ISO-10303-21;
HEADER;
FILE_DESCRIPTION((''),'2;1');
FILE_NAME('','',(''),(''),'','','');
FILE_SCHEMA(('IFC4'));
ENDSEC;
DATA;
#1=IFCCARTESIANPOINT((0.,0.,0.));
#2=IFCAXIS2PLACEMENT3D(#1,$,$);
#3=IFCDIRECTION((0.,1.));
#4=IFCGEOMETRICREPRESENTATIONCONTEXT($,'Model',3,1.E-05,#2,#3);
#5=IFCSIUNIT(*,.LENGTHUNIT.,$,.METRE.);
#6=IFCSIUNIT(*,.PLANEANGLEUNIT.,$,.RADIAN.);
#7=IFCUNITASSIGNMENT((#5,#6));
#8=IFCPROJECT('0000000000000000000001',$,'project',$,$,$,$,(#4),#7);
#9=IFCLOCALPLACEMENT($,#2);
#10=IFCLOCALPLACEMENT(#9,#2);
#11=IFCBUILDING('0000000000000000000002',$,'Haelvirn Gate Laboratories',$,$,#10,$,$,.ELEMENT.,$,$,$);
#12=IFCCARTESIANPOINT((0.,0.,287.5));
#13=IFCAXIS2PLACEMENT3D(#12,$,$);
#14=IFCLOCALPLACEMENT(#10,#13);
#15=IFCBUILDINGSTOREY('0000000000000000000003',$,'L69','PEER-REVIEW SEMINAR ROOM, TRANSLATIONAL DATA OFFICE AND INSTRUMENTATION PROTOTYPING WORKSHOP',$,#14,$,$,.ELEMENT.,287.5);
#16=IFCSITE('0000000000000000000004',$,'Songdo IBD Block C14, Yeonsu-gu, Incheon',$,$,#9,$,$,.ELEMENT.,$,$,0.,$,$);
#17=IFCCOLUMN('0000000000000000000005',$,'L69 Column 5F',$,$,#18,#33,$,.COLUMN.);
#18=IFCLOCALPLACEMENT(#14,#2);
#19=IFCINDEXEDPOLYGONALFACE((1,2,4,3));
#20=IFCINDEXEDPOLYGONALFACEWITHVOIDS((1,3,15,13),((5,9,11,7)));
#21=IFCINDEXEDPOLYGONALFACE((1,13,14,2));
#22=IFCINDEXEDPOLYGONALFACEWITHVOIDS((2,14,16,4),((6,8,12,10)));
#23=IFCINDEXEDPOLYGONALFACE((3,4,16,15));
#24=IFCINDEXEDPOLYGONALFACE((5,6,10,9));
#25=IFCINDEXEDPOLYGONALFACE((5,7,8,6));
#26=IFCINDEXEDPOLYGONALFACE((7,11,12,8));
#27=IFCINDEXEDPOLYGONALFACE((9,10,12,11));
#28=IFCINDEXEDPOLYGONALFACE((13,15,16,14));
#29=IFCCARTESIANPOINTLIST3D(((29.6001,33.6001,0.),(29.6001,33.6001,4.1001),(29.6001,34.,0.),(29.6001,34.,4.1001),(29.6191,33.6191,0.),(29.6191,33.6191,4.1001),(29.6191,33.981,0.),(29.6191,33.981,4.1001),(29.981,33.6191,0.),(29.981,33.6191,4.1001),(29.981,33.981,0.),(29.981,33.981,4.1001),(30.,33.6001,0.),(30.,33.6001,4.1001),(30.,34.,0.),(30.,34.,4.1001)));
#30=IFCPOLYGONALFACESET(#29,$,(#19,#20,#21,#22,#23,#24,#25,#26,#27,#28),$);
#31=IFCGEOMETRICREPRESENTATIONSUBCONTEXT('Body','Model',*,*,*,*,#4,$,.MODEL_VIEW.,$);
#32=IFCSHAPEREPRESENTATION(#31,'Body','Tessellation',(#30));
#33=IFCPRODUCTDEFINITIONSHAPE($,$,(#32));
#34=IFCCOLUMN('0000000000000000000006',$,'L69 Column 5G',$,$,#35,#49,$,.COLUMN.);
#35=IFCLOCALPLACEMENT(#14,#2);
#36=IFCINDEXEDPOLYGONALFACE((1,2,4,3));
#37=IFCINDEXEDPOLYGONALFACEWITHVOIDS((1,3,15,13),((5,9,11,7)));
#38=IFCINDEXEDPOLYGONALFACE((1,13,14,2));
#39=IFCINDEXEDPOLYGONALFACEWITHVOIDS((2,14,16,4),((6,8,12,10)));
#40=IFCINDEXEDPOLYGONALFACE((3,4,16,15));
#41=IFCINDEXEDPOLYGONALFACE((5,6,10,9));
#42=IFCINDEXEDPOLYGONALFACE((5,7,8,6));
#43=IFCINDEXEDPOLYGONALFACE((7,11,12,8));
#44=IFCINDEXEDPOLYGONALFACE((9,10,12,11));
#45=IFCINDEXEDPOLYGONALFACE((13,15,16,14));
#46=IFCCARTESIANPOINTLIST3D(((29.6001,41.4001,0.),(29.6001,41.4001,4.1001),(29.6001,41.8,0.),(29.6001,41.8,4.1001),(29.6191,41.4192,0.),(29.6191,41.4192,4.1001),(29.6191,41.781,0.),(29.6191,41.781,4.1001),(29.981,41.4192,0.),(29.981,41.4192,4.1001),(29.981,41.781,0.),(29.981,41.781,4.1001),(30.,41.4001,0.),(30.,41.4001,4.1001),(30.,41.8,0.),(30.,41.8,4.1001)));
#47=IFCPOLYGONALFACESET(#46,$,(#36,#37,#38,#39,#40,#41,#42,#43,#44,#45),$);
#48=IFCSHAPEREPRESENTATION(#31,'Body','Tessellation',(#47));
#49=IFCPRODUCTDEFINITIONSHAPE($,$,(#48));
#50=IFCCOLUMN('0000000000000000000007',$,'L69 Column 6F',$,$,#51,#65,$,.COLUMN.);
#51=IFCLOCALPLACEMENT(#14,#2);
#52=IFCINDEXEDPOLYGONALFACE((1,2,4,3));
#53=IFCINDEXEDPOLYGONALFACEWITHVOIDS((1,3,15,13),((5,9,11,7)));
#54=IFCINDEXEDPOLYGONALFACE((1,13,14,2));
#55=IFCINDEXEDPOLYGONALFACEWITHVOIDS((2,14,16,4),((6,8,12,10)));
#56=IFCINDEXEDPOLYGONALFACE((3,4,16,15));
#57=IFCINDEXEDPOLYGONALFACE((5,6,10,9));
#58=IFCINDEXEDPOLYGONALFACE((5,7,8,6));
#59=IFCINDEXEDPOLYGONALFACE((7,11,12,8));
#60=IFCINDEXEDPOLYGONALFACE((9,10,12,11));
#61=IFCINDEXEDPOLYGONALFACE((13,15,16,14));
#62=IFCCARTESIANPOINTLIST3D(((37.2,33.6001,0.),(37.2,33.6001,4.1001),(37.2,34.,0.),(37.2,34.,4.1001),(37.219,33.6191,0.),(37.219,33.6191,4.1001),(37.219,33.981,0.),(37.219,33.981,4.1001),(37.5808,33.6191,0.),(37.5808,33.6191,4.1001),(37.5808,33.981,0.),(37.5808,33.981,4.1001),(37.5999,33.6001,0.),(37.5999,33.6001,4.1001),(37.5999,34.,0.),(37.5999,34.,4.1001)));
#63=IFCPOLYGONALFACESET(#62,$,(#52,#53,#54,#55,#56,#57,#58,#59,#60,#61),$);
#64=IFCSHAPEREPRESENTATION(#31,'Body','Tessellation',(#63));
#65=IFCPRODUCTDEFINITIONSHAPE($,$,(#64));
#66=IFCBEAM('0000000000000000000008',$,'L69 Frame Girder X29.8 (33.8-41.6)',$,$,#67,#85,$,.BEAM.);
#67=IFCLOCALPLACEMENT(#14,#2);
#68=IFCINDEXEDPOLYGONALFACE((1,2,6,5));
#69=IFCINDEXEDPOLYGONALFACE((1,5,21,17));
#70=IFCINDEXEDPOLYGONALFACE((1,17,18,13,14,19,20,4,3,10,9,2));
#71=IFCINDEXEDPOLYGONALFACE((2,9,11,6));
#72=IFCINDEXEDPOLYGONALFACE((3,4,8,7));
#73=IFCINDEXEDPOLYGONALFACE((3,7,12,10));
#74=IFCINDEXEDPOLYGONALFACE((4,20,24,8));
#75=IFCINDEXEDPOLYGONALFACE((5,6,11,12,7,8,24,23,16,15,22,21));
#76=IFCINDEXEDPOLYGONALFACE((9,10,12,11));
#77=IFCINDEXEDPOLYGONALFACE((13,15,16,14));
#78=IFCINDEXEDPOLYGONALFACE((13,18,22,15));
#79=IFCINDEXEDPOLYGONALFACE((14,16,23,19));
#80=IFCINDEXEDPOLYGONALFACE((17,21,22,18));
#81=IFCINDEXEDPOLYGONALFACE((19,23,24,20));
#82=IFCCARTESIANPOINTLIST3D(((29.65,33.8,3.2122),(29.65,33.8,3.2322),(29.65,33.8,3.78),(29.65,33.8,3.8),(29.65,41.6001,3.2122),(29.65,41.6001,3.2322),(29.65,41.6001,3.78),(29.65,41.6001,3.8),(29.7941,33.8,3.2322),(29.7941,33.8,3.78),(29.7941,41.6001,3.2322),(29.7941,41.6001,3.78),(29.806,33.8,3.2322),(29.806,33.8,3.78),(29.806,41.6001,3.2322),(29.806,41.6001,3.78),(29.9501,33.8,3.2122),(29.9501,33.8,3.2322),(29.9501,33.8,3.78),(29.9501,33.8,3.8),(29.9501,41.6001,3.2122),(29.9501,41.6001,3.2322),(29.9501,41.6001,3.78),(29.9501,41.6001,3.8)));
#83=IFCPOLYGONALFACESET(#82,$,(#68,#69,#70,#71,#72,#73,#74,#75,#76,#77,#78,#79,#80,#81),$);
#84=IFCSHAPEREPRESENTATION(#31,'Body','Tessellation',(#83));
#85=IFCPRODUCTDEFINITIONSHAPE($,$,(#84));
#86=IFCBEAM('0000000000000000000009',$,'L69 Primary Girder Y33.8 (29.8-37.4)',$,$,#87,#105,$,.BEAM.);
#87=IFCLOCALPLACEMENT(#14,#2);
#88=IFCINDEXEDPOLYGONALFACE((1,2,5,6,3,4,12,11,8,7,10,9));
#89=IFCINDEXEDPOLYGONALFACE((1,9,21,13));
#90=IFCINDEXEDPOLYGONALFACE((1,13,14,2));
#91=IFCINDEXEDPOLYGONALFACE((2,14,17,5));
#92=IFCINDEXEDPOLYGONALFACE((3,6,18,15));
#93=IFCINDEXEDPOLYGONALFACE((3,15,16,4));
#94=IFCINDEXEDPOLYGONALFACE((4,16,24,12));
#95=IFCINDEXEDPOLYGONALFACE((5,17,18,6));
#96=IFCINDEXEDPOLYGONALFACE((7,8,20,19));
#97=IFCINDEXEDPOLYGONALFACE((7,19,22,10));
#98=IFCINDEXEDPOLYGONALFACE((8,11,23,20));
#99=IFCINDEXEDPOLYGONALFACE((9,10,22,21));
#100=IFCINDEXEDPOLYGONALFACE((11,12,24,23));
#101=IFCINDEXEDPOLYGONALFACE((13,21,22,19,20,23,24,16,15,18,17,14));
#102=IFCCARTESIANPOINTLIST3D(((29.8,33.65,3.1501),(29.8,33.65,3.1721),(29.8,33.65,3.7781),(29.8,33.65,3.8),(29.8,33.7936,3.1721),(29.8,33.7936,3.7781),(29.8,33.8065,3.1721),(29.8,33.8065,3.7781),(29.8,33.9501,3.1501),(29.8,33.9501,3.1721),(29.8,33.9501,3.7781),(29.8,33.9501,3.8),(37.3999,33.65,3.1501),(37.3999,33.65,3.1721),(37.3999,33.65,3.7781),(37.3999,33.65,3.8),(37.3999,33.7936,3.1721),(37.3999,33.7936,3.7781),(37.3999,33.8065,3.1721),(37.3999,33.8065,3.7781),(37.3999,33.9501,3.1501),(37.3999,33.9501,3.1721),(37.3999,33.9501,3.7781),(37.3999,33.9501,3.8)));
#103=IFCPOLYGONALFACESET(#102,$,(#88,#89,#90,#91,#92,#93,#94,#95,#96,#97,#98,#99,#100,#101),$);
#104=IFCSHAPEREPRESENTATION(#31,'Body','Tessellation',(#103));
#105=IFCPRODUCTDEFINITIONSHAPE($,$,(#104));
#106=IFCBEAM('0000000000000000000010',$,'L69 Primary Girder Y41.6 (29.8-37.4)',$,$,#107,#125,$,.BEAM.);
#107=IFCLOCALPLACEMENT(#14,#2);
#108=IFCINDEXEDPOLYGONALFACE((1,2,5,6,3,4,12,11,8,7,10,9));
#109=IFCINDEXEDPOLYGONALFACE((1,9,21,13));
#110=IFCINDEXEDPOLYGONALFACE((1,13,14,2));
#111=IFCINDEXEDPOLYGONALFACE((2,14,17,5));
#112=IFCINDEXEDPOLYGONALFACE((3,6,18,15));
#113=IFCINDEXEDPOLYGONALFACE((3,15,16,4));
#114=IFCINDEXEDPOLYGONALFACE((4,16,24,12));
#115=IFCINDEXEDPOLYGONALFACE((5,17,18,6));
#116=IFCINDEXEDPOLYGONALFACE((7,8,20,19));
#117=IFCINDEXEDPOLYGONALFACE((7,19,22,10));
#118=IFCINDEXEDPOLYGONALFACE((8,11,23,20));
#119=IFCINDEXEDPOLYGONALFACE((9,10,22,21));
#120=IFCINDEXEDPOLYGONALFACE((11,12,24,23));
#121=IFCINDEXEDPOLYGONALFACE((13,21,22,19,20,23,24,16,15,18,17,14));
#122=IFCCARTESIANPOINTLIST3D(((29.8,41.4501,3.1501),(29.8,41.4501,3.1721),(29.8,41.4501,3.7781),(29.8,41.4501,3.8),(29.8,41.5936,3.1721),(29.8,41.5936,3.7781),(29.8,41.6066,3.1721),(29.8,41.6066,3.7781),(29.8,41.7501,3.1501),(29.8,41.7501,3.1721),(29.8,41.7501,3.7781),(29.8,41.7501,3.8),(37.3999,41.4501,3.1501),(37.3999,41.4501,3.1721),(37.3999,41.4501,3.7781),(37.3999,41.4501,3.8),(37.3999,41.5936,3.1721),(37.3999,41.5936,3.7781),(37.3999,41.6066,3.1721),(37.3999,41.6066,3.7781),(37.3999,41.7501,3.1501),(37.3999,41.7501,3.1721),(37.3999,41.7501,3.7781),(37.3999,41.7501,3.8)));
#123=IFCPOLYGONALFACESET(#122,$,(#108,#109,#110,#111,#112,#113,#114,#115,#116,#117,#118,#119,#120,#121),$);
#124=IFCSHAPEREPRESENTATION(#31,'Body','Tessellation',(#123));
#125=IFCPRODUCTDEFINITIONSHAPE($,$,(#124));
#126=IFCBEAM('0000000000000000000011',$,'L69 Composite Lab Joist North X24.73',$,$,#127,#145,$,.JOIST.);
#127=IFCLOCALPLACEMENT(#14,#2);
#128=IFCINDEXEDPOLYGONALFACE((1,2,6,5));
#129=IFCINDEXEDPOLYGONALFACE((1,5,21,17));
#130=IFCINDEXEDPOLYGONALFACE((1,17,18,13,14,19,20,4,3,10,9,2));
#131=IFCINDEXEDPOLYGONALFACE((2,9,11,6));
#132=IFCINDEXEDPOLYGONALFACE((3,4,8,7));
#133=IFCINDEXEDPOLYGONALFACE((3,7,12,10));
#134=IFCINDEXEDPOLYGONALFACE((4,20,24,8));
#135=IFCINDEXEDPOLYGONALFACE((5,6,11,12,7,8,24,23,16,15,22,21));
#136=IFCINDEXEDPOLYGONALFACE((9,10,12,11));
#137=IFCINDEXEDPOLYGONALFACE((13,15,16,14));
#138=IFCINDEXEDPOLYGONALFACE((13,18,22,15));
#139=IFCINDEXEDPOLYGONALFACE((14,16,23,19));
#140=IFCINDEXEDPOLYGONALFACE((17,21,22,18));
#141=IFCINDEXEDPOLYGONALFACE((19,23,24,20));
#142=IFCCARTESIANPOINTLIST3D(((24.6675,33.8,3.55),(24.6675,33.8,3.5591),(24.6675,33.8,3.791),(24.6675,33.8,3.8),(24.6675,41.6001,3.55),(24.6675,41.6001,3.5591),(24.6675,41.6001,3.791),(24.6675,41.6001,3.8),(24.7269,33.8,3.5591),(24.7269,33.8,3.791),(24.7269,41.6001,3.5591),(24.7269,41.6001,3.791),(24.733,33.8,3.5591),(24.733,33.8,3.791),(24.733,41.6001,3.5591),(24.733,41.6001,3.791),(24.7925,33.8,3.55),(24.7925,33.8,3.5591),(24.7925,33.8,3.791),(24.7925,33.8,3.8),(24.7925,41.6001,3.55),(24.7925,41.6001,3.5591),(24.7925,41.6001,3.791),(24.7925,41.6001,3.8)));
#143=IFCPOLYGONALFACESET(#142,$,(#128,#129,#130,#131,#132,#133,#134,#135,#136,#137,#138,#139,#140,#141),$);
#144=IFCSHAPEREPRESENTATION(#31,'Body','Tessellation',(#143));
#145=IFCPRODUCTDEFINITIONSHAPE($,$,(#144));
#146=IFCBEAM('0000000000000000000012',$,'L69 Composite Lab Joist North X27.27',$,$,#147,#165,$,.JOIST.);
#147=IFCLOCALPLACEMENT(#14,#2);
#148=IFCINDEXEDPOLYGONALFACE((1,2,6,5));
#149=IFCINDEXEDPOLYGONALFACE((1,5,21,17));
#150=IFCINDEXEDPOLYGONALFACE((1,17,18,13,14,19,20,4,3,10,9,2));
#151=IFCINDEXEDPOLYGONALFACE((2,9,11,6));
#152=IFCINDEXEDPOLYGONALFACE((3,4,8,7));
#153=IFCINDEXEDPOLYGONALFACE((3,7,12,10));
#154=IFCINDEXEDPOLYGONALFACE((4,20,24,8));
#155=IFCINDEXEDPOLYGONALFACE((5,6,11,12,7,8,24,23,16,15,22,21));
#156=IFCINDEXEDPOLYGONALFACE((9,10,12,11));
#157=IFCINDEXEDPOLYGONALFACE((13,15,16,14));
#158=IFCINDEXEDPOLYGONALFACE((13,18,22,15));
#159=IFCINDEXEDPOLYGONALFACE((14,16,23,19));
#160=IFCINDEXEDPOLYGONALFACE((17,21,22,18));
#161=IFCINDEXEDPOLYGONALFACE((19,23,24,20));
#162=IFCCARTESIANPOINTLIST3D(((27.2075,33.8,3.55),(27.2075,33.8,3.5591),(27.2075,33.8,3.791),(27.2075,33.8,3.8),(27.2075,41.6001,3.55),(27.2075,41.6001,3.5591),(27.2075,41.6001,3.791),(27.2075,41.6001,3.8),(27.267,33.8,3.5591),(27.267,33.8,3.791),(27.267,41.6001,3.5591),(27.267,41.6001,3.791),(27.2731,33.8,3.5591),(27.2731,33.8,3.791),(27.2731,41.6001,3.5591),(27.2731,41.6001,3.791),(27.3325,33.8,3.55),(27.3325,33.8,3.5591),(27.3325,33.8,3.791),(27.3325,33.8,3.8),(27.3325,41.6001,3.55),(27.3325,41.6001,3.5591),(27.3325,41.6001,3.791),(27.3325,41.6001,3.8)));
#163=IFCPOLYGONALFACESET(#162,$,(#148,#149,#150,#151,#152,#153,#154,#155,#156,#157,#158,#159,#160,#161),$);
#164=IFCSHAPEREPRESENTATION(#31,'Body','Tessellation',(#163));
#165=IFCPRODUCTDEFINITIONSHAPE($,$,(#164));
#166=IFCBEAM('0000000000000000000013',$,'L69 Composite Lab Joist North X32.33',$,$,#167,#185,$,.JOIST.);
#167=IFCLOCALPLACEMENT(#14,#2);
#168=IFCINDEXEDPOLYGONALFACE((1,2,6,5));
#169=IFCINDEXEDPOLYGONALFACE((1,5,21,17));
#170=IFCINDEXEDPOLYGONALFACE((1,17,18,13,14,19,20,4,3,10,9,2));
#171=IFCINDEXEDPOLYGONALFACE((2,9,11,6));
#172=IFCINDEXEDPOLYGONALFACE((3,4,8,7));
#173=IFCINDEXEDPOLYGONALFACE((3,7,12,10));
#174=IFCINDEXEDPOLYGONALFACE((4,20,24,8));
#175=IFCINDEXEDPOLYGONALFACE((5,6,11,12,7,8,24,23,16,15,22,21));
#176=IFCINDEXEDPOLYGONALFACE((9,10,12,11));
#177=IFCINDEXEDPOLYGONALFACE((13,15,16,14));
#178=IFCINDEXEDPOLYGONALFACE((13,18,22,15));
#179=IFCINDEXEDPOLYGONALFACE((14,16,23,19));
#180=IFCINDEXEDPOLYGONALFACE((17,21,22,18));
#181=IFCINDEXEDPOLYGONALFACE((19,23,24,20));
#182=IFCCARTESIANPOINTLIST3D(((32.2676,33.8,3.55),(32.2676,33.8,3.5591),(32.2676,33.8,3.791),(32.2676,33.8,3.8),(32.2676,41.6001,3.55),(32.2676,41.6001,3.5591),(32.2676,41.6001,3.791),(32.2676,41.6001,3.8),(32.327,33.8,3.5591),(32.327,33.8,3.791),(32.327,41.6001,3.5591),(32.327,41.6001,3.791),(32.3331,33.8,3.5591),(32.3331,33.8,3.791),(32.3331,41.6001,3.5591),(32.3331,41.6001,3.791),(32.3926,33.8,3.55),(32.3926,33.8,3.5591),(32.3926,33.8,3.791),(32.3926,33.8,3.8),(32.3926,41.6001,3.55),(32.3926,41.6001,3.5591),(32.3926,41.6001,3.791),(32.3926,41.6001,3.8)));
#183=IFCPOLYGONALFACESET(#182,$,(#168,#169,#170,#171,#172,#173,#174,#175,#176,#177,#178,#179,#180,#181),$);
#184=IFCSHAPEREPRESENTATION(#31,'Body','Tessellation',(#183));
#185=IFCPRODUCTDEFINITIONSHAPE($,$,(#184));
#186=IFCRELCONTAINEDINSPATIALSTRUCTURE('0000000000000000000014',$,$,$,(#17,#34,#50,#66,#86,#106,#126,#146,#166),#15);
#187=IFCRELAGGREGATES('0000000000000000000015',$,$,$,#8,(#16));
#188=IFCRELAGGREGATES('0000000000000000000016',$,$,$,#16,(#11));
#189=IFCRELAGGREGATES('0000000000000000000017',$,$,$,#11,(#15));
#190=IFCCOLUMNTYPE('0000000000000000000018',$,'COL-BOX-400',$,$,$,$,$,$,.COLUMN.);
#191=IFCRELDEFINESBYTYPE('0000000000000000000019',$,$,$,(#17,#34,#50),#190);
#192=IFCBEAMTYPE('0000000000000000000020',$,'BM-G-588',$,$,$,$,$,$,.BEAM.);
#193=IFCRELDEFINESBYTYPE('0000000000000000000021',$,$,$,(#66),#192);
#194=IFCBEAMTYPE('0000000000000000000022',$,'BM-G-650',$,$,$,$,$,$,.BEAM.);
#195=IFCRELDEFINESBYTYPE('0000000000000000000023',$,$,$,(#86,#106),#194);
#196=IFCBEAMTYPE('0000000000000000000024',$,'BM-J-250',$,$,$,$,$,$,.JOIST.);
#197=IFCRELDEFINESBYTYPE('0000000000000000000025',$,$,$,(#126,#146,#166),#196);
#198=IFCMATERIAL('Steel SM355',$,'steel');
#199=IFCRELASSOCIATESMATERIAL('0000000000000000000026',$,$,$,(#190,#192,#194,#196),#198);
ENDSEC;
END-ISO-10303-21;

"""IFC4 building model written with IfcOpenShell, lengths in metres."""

from ifc_helpers import new_model, si_unit, direction, frame, origin, origin_2d, place, context, subcontext, project, spatial, hollow_rectangle, i_section, extrude, source, transform, mapped, material, material_profile, profile_set, type_object, type_shapes, element, save


model = new_model("IFC4")

# Units and contexts
model_context = context("Model", 3, precision=1e-05, world=origin(), true_north=direction((0.0, 1.0)))
body_context = subcontext(model_context, "Body", "Model", "MODEL_VIEW")
ifc_project = project(units=[si_unit("LENGTHUNIT", "METRE"), si_unit("PLANEANGLEUNIT", "RADIAN")], contexts=[model_context])

# Site, building, storey
site_placement = place(None, origin())
site = spatial("IfcSite", under=ifc_project, at=site_placement, Name="Songdo IBD Block C14, Yeonsu-gu, Incheon", CompositionType="ELEMENT", RefElevation=0.0)
building_placement = place(site_placement, origin())
building = spatial("IfcBuilding", under=site, at=building_placement, Name="Haelvirn Gate Laboratories", CompositionType="ELEMENT")
storey_placement = place(building_placement, frame((0.0, 0.0, 287.5)))
storey = spatial("IfcBuildingStorey", under=building, at=storey_placement, Name="L69", Description="PEER-REVIEW SEMINAR ROOM, TRANSLATIONAL DATA OFFICE AND INSTRUMENTATION PROTOTYPING WORKSHOP", CompositionType="ELEMENT", Elevation=287.5)

# Columns
ifc_material_1 = material(Name="Steel SM355", Category="steel")
ifc_material_profile_1 = material_profile(ifc_material_1, hollow_rectangle(XDim=0.3999, YDim=0.3999, WallThickness=0.019, at=origin_2d()), Name="BOX-400x400x19")
ifc_profile_set_1 = profile_set([ifc_material_profile_1], Name="Steel SM355")
column_type = type_object("IfcColumnType", Name="COL-BOX-400", PredefinedType="COLUMN", material=ifc_profile_set_1)
shared_shape_1 = source(origin(), body_context, "Body", "SweptSolid", [
    extrude(hollow_rectangle(XDim=0.3999, YDim=0.3999, WallThickness=0.019, at=origin_2d()), origin(), (0.0, 0.0, 1.0), 4.1001),
])
type_shapes(column_type, [shared_shape_1])
for number, where, z_axis, x_axis, name in (
    (1, (29.8, 33.8, 0.0), (0.0, 0.0, 1.0), (1.0, 0.0, 0.0), "L69 Column 5F"),
    (2, (29.8, 41.6001, 0.0), (0.0, 0.0, 1.0), (1.0, 0.0, 0.0), "L69 Column 5G"),
    (3, (37.3999, 33.8, 0.0), (0.0, 0.0, 1.0), (1.0, 0.0, 0.0), "L69 Column 6F"),
):
    element("IfcColumn", number, at=place(storey_placement, frame(where, z_axis=z_axis, x_axis=x_axis)), inside=storey, type_object=column_type, Name=name, PredefinedType="COLUMN", context=body_context, shape_type="MappedRepresentation", body=[
        mapped(shared_shape_1, transform((0.0, 0.0, 0.0), scale=1.0)),
    ])

# Beams
ifc_material_profile_2 = material_profile(ifc_material_1, i_section(OverallWidth=0.3, OverallDepth=0.5879, WebThickness=0.012, FlangeThickness=0.02, at=origin_2d()), Name="H-588x300x12x20")
ifc_profile_set_2 = profile_set([ifc_material_profile_2], Name="Steel SM355")
beam_type_1 = type_object("IfcBeamType", Name="BM-G-588", PredefinedType="BEAM", material=ifc_profile_set_2)
shared_shape_2 = source(origin(), body_context, "Body", "SweptSolid", [
    extrude(i_section(OverallWidth=0.3, OverallDepth=0.5879, WebThickness=0.012, FlangeThickness=0.02, at=origin_2d()), origin(), (0.0, 0.0, 1.0), 7.8),
])
type_shapes(beam_type_1, [shared_shape_2])
beam_placement = place(storey_placement, frame((29.8, 33.8, 3.5061), z_axis=(0.0, 1.0, 0.0), x_axis=(-1.0, 0.0, 0.0)))
element("IfcBeam", 4, at=beam_placement, inside=storey, type_object=beam_type_1, Name="L69 Frame Girder X29.8 (33.8-41.6)", PredefinedType="BEAM", context=body_context, shape_type="MappedRepresentation", body=[
    mapped(shared_shape_2, transform((0.0, 0.0, 0.0), scale=1.0)),
])
ifc_material_profile_3 = material_profile(ifc_material_1, i_section(OverallWidth=0.3, OverallDepth=0.6499, WebThickness=0.0129, FlangeThickness=0.022, at=origin_2d()), Name="H-650x300x13x22")
ifc_profile_set_3 = profile_set([ifc_material_profile_3], Name="Steel SM355")
beam_type_2 = type_object("IfcBeamType", Name="BM-G-650", PredefinedType="BEAM", material=ifc_profile_set_3)
shared_shape_3 = source(origin(), body_context, "Body", "SweptSolid", [
    extrude(i_section(OverallWidth=0.3, OverallDepth=0.6499, WebThickness=0.0129, FlangeThickness=0.022, at=origin_2d()), origin(), (0.0, 0.0, 1.0), 7.5999),
])
type_shapes(beam_type_2, [shared_shape_3])
for number, where, z_axis, x_axis, name in (
    (5, (29.8, 33.8, 3.4751), (1.0, 0.0, 0.0), (0.0, 1.0, 0.0), "L69 Primary Girder Y33.8 (29.8-37.4)"),
    (6, (29.8, 41.6001, 3.4751), (1.0, 0.0, 0.0), (0.0, 1.0, 0.0), "L69 Primary Girder Y41.6 (29.8-37.4)"),
):
    element("IfcBeam", number, at=place(storey_placement, frame(where, z_axis=z_axis, x_axis=x_axis)), inside=storey, type_object=beam_type_2, Name=name, PredefinedType="BEAM", context=body_context, shape_type="MappedRepresentation", body=[
        mapped(shared_shape_3, transform((0.0, 0.0, 0.0), scale=1.0)),
    ])
ifc_material_profile_4 = material_profile(ifc_material_1, i_section(OverallWidth=0.125, OverallDepth=0.25, WebThickness=0.0061, FlangeThickness=0.009, at=origin_2d()), Name="H-250x125x6x9")
ifc_profile_set_4 = profile_set([ifc_material_profile_4], Name="Steel SM355")
beam_type_3 = type_object("IfcBeamType", Name="BM-J-250", PredefinedType="JOIST", material=ifc_profile_set_4)
shared_shape_4 = source(origin(), body_context, "Body", "SweptSolid", [
    extrude(i_section(OverallWidth=0.125, OverallDepth=0.25, WebThickness=0.0061, FlangeThickness=0.009, at=origin_2d()), origin(), (0.0, 0.0, 1.0), 7.8),
])
type_shapes(beam_type_3, [shared_shape_4])
for number, where, z_axis, x_axis, name in (
    (7, (24.73, 33.8, 3.675), (0.0, 1.0, 0.0), (-1.0, 0.0, 0.0), "L69 Composite Lab Joist North X24.73"),
    (8, (27.27, 33.8, 3.675), (0.0, 1.0, 0.0), (-1.0, 0.0, 0.0), "L69 Composite Lab Joist North X27.27"),
    (9, (32.3301, 33.8, 3.675), (0.0, 1.0, 0.0), (-1.0, 0.0, 0.0), "L69 Composite Lab Joist North X32.33"),
):
    element("IfcBeam", number, at=place(storey_placement, frame(where, z_axis=z_axis, x_axis=x_axis)), inside=storey, type_object=beam_type_3, Name=name, PredefinedType="JOIST", context=body_context, shape_type="MappedRepresentation", body=[
        mapped(shared_shape_4, transform((0.0, 0.0, 0.0), scale=1.0)),
    ])

save(model, "model.ifc")
